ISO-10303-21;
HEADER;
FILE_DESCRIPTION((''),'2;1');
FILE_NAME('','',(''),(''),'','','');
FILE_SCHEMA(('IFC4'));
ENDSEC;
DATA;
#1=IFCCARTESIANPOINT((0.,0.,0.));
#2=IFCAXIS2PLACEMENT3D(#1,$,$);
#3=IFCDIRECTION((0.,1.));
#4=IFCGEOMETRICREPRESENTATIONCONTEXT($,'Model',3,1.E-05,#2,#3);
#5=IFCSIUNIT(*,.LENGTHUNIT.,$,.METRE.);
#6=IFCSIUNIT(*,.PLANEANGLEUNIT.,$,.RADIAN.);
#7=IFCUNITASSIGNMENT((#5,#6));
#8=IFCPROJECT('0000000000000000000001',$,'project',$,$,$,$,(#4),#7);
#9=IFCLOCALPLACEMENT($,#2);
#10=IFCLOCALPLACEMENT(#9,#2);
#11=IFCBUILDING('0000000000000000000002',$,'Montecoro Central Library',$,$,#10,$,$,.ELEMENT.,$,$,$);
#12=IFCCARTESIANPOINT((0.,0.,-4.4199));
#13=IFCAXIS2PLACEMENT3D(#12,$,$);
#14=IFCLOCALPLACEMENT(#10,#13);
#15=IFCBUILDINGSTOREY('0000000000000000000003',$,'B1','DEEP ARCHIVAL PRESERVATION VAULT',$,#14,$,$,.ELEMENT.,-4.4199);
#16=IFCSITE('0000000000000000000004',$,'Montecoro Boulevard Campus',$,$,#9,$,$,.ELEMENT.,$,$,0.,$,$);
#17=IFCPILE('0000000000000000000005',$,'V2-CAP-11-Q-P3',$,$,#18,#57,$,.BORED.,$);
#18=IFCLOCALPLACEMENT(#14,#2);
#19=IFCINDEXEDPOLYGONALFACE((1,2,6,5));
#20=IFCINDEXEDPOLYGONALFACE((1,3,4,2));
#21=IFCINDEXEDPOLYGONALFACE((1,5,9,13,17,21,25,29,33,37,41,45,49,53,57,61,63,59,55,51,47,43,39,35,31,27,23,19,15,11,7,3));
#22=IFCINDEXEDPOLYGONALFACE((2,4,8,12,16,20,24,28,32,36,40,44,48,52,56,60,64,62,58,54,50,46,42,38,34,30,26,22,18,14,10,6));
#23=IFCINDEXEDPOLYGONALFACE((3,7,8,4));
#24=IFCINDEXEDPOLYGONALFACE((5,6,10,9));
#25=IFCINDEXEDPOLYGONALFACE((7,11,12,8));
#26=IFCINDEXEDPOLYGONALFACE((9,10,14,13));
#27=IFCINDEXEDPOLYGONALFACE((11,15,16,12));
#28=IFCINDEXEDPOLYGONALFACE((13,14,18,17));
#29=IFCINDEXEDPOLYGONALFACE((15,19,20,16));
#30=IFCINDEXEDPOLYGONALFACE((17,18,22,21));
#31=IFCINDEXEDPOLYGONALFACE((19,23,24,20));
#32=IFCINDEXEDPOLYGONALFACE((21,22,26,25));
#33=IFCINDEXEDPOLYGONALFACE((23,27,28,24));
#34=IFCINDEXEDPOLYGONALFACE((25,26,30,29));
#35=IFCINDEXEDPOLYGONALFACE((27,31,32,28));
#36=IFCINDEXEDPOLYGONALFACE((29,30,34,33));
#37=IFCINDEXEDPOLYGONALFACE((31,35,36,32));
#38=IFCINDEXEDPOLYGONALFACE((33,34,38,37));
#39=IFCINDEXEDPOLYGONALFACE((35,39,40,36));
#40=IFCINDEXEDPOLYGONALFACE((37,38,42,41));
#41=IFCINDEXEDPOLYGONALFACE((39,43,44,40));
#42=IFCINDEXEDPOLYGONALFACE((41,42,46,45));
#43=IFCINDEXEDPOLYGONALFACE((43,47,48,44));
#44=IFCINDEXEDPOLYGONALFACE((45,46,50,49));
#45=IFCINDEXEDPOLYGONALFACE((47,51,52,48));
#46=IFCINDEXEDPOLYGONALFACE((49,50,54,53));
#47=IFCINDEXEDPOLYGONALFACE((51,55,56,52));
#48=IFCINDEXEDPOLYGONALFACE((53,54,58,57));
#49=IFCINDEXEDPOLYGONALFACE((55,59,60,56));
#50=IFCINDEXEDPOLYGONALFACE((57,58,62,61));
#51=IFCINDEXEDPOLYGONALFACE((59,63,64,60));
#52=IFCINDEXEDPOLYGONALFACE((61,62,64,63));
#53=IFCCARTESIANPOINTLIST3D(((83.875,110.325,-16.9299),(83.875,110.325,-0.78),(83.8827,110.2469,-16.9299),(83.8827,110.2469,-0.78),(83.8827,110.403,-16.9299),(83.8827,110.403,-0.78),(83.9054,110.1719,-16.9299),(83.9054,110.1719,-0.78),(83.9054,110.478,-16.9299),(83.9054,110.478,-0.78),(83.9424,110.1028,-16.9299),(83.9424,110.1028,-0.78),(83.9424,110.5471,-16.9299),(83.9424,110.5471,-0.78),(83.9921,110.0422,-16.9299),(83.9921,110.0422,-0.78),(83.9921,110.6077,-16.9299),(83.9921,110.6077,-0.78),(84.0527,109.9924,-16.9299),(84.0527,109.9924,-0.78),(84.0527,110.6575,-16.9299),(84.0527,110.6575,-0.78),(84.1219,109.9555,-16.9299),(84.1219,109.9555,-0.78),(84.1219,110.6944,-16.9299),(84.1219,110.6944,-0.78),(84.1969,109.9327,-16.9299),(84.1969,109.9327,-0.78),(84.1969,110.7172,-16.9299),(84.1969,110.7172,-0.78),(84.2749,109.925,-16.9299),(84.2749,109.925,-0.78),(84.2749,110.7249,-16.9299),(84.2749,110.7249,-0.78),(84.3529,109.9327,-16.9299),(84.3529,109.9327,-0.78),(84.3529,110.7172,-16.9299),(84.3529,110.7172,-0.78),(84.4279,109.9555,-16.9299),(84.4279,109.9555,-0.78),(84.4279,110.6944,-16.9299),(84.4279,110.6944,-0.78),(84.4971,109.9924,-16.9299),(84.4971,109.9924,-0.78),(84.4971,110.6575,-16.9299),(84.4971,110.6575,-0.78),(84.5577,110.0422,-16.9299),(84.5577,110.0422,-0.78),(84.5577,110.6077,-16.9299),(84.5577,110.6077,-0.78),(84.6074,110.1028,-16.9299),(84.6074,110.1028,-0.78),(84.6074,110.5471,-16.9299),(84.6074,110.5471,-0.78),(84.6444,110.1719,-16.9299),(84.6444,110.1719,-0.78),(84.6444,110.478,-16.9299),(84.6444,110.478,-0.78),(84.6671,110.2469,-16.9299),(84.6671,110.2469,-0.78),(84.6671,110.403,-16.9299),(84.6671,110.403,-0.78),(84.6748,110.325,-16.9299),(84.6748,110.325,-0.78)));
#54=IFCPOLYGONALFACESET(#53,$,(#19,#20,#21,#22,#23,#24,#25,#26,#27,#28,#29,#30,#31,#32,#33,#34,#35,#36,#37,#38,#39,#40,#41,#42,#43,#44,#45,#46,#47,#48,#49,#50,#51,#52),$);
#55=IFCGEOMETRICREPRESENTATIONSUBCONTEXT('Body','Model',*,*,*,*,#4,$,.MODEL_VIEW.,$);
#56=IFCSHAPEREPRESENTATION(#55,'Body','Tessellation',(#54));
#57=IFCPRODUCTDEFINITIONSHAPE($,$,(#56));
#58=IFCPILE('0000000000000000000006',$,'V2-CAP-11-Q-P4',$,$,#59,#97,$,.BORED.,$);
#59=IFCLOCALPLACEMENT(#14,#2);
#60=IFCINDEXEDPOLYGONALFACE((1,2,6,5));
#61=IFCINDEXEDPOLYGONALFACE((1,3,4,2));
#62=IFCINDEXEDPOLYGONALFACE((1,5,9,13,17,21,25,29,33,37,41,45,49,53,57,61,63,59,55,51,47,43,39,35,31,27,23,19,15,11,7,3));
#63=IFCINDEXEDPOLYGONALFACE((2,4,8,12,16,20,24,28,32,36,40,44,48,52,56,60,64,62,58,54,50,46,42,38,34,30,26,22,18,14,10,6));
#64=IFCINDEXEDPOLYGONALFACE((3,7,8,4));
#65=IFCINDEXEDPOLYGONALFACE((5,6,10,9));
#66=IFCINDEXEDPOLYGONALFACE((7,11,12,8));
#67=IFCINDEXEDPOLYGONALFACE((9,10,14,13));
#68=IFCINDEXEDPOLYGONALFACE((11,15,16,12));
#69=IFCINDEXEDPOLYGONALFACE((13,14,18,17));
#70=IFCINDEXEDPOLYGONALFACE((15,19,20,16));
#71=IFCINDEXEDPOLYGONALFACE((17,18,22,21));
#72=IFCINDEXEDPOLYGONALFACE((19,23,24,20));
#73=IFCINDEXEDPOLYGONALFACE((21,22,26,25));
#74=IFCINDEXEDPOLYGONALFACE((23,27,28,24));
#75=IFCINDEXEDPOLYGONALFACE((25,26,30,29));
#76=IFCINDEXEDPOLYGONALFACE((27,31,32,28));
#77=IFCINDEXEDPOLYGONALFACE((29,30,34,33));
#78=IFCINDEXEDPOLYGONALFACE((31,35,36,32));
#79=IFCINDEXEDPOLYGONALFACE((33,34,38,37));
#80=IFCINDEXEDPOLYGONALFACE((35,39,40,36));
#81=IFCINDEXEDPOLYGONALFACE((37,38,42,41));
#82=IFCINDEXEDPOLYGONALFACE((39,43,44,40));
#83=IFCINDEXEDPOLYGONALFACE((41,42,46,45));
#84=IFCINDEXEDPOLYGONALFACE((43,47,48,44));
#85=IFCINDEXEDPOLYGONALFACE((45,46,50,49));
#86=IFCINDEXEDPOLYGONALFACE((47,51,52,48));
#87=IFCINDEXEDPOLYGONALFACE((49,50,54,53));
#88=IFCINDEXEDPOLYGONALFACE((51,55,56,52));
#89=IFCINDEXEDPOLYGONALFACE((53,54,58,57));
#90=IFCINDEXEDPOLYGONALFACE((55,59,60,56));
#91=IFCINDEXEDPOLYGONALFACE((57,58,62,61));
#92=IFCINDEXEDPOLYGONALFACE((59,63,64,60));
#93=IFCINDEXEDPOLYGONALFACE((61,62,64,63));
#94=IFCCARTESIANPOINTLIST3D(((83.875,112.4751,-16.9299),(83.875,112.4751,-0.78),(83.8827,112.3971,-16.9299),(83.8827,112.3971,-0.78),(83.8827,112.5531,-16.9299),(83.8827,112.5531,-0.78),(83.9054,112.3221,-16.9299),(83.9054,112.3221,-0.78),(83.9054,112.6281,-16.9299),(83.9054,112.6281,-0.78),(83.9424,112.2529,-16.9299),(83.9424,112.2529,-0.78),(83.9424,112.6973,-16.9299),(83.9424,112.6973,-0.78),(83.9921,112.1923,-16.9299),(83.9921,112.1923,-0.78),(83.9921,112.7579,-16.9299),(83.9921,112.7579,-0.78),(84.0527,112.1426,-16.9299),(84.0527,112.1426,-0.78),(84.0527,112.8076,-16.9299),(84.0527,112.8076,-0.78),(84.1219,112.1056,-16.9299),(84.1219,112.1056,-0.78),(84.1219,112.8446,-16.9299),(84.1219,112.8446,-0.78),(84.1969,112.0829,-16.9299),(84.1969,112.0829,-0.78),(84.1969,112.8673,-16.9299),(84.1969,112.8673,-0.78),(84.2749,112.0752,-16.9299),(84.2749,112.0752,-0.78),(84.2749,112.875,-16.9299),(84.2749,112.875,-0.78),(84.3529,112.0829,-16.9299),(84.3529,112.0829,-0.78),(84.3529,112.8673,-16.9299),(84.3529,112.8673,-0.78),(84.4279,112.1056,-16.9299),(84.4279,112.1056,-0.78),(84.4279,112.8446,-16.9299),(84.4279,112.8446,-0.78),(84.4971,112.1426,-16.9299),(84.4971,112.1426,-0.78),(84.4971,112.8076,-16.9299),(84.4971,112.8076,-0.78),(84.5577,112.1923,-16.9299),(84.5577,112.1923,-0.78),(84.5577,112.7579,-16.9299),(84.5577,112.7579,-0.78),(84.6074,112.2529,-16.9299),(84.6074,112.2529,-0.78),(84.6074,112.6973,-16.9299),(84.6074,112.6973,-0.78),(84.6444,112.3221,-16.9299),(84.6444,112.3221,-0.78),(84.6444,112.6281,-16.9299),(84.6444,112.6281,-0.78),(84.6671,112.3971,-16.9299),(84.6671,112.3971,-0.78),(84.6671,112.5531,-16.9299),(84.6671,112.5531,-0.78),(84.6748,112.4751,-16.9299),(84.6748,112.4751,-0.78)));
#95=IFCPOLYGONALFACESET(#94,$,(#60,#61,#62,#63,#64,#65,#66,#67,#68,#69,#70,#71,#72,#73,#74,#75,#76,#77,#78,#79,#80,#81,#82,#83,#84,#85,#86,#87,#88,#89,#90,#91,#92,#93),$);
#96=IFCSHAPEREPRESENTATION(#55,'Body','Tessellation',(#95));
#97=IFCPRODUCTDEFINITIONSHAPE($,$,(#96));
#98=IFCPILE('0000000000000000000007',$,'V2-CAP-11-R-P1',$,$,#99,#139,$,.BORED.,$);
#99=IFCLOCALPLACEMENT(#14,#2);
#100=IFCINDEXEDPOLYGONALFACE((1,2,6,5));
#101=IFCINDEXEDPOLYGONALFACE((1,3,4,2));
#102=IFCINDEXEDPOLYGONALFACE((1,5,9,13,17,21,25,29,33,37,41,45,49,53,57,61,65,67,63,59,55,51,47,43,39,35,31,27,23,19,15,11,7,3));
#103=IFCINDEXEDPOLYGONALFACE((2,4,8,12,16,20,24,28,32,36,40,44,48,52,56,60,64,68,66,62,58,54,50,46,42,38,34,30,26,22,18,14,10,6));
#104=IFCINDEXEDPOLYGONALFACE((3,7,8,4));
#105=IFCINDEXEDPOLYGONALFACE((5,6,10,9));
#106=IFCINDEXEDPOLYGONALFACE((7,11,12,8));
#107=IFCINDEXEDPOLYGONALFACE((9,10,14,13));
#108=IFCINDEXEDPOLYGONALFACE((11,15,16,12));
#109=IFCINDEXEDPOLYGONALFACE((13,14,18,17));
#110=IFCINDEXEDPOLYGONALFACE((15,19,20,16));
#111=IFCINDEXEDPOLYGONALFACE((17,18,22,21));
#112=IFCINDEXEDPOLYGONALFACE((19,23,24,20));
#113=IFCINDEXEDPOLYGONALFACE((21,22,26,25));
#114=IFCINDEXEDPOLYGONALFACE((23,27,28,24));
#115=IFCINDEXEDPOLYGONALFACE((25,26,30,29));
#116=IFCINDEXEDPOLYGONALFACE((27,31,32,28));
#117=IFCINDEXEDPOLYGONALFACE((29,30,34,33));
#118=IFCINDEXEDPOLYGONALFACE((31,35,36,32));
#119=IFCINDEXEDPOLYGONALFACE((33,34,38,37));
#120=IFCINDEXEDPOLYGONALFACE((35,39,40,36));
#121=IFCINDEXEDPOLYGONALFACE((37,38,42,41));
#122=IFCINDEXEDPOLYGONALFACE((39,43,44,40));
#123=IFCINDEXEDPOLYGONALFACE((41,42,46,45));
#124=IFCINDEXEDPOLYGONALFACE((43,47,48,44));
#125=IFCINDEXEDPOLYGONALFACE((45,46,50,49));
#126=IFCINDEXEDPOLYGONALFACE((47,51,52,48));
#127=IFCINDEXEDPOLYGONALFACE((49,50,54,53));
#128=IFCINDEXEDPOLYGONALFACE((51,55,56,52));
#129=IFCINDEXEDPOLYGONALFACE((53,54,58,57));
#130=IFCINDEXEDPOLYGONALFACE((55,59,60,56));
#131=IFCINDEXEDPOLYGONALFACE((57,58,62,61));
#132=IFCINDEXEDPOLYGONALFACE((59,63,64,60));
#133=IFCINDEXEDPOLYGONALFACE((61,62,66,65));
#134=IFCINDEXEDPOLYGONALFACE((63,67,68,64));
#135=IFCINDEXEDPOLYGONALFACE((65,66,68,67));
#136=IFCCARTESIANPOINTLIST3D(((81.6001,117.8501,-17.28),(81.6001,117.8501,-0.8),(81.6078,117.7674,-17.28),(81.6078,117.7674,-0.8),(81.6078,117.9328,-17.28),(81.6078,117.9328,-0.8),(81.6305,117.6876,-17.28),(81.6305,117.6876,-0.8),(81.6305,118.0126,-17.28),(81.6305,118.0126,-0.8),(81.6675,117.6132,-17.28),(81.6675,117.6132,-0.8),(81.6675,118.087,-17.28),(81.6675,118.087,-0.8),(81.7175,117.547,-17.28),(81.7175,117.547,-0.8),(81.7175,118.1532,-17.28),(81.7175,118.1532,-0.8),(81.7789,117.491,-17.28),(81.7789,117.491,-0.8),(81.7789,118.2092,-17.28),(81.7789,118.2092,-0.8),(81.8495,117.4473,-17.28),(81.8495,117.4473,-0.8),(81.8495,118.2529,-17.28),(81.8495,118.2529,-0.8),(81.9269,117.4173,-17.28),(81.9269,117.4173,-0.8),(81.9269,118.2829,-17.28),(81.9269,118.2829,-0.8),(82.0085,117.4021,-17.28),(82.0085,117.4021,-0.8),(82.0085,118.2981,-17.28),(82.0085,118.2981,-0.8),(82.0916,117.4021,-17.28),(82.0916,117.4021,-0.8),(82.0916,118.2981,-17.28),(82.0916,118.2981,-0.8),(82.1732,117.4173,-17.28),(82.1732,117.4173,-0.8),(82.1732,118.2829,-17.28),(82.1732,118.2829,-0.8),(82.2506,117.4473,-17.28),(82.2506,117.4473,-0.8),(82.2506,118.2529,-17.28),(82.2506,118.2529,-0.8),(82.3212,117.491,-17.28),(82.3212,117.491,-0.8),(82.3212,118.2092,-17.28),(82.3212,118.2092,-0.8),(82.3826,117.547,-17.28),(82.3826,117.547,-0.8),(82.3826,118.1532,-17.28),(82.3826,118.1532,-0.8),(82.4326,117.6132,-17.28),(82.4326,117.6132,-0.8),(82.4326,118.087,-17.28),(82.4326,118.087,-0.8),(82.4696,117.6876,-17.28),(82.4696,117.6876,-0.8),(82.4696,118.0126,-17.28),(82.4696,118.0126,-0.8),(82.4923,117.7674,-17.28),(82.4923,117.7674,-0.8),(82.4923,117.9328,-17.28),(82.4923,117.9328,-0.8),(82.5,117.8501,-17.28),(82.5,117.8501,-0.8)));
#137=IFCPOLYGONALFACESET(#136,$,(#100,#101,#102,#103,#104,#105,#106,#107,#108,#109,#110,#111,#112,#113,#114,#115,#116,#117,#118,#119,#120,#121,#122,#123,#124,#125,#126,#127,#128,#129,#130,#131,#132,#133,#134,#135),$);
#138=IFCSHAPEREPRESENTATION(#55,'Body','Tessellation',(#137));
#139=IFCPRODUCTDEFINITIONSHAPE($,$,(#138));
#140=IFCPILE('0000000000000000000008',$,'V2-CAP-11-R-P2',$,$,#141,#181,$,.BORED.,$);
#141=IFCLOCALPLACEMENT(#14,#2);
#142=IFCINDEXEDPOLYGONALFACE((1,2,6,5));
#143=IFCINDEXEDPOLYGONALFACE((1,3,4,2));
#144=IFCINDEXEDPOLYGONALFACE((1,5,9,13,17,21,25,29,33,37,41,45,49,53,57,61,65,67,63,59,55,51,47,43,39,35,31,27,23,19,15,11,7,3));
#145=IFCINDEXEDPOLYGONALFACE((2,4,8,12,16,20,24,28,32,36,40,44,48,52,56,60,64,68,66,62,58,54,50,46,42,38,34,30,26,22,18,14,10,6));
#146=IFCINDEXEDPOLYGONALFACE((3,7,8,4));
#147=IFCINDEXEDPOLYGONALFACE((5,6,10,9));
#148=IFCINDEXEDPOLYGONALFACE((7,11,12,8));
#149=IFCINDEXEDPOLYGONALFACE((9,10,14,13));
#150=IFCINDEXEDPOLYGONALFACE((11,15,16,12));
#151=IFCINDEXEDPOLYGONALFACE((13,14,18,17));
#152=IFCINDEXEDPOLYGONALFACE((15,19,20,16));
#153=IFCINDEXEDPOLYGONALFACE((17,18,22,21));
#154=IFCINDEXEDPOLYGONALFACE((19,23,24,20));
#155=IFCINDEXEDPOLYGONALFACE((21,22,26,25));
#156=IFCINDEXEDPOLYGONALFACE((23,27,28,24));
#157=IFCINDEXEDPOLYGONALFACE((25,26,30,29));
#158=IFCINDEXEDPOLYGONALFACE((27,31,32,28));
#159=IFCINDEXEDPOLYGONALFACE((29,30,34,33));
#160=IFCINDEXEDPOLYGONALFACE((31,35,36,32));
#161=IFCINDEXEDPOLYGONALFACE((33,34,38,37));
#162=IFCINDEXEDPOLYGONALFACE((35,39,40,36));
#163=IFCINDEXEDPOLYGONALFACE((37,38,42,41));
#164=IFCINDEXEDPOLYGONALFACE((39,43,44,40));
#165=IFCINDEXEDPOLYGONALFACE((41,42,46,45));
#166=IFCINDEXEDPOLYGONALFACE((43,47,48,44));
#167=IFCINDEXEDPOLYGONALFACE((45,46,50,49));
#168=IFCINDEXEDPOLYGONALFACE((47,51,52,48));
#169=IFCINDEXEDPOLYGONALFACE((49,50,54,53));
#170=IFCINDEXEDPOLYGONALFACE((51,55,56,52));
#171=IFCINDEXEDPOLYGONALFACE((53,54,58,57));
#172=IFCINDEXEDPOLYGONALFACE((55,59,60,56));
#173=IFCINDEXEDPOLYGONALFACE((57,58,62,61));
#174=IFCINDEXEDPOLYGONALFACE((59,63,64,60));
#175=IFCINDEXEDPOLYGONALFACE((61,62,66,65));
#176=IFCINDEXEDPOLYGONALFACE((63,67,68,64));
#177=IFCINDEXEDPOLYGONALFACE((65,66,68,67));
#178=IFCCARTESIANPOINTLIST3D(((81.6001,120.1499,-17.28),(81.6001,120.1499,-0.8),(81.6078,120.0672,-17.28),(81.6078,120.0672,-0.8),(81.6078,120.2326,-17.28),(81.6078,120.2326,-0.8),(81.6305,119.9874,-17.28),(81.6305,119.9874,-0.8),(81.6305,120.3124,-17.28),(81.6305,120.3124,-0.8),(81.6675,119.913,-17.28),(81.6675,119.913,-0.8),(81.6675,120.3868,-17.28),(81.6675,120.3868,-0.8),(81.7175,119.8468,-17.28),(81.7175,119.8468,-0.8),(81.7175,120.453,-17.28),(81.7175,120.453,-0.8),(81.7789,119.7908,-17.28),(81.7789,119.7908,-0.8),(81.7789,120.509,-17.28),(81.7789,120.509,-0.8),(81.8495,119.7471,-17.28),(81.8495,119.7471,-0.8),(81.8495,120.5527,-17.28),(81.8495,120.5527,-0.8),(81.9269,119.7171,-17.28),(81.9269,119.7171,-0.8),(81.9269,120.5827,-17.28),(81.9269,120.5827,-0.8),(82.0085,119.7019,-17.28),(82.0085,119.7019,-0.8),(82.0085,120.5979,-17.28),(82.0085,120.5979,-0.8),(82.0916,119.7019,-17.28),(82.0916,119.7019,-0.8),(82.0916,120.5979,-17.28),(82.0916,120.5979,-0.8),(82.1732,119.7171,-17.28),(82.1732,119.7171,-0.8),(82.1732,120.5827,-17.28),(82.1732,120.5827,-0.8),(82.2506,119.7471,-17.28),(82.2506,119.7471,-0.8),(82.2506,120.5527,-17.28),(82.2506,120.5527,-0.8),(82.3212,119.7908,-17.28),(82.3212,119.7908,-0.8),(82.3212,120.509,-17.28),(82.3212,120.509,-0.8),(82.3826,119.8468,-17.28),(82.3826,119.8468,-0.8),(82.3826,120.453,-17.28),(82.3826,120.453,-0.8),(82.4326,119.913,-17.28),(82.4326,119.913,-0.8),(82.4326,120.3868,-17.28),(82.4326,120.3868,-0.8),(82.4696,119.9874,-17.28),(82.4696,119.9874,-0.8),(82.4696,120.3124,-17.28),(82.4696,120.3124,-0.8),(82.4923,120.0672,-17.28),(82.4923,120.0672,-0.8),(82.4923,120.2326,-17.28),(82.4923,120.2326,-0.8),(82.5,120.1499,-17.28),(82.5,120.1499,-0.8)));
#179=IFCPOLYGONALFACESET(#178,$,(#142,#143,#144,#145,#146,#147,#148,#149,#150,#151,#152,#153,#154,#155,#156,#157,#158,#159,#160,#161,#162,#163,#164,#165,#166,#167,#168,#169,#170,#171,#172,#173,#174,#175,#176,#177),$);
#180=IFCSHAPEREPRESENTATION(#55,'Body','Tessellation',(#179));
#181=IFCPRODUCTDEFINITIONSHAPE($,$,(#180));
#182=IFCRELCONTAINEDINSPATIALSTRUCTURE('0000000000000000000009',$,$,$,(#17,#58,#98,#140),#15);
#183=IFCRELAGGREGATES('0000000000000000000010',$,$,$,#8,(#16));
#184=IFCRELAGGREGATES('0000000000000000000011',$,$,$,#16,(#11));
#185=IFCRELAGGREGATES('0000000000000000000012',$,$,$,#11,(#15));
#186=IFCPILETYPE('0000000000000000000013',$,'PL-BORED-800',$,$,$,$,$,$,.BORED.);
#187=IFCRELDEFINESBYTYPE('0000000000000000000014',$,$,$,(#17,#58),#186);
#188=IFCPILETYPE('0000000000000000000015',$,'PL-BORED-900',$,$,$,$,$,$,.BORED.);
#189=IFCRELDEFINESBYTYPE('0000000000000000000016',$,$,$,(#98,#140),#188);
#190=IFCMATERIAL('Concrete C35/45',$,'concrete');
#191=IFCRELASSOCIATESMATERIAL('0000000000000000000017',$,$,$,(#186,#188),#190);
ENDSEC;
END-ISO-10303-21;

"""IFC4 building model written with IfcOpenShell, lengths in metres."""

from ifc_helpers import new_model, si_unit, direction, frame, origin, origin_2d, place, context, subcontext, project, spatial, circle, extrude, material, material_profile, profile_set, type_object, element, save


model = new_model("IFC4")

# Units and contexts
model_context = context("Model", 3, precision=1e-05, world=origin(), true_north=direction((0.0, 1.0)))
body_context = subcontext(model_context, "Body", "Model", "MODEL_VIEW")
ifc_project = project(units=[si_unit("LENGTHUNIT", "METRE"), si_unit("PLANEANGLEUNIT", "RADIAN")], contexts=[model_context])

# Site, building, storey
site_placement = place(None, origin())
site = spatial("IfcSite", under=ifc_project, at=site_placement, Name="Montecoro Boulevard Campus", CompositionType="ELEMENT", RefElevation=0.0)
building_placement = place(site_placement, origin())
building = spatial("IfcBuilding", under=site, at=building_placement, Name="Montecoro Central Library", CompositionType="ELEMENT")
storey_placement = place(building_placement, frame((0.0, 0.0, -4.4199)))
storey = spatial("IfcBuildingStorey", under=building, at=storey_placement, Name="B1", Description="DEEP ARCHIVAL PRESERVATION VAULT", CompositionType="ELEMENT", Elevation=-4.4199)

# Shared definitions
ifc_material_1 = material(Name="Concrete C35/45", Category="concrete")

# Piles
ifc_material_profile_1 = material_profile(ifc_material_1, circle(Radius=0.3999, at=origin_2d()), Name="PILE D800")
ifc_profile_set_1 = profile_set([ifc_material_profile_1], Name="Concrete C35/45")
pile_type_1 = type_object("IfcPileType", Name="PL-BORED-800", PredefinedType="BORED", material=ifc_profile_set_1)
for number, where, z_axis, x_axis, name in (
    (1, (84.2749, 110.325, -0.78), (0.0, 0.0, -1.0), (1.0, 0.0, 0.0), "V2-CAP-11-Q-P3"),
    (2, (84.2749, 112.4751, -0.78), (0.0, 0.0, -1.0), (1.0, 0.0, 0.0), "V2-CAP-11-Q-P4"),
):
    element("IfcPile", number, at=place(storey_placement, frame(where, z_axis=z_axis, x_axis=x_axis)), inside=storey, type_object=pile_type_1, Name=name, PredefinedType="BORED", context=body_context, shape_type="SweptSolid", body=[
        extrude(circle(Radius=0.3999, at=origin_2d()), origin(), (0.0, 0.0, 1.0), 16.1499),
    ])
ifc_material_profile_2 = material_profile(ifc_material_1, circle(Radius=0.45, at=origin_2d()), Name="PILE D900")
ifc_profile_set_2 = profile_set([ifc_material_profile_2], Name="Concrete C35/45")
pile_type_2 = type_object("IfcPileType", Name="PL-BORED-900", PredefinedType="BORED", material=ifc_profile_set_2)
for number, where, z_axis, x_axis, name in (
    (3, (82.05, 117.8501, -0.8), (0.0, 0.0, -1.0), (1.0, 0.0, 0.0), "V2-CAP-11-R-P1"),
    (4, (82.05, 120.1499, -0.8), (0.0, 0.0, -1.0), (1.0, 0.0, 0.0), "V2-CAP-11-R-P2"),
):
    element("IfcPile", number, at=place(storey_placement, frame(where, z_axis=z_axis, x_axis=x_axis)), inside=storey, type_object=pile_type_2, Name=name, PredefinedType="BORED", context=body_context, shape_type="SweptSolid", body=[
        extrude(circle(Radius=0.45, at=origin_2d()), origin(), (0.0, 0.0, 1.0), 16.48),
    ])

save(model, "model.ifc")
